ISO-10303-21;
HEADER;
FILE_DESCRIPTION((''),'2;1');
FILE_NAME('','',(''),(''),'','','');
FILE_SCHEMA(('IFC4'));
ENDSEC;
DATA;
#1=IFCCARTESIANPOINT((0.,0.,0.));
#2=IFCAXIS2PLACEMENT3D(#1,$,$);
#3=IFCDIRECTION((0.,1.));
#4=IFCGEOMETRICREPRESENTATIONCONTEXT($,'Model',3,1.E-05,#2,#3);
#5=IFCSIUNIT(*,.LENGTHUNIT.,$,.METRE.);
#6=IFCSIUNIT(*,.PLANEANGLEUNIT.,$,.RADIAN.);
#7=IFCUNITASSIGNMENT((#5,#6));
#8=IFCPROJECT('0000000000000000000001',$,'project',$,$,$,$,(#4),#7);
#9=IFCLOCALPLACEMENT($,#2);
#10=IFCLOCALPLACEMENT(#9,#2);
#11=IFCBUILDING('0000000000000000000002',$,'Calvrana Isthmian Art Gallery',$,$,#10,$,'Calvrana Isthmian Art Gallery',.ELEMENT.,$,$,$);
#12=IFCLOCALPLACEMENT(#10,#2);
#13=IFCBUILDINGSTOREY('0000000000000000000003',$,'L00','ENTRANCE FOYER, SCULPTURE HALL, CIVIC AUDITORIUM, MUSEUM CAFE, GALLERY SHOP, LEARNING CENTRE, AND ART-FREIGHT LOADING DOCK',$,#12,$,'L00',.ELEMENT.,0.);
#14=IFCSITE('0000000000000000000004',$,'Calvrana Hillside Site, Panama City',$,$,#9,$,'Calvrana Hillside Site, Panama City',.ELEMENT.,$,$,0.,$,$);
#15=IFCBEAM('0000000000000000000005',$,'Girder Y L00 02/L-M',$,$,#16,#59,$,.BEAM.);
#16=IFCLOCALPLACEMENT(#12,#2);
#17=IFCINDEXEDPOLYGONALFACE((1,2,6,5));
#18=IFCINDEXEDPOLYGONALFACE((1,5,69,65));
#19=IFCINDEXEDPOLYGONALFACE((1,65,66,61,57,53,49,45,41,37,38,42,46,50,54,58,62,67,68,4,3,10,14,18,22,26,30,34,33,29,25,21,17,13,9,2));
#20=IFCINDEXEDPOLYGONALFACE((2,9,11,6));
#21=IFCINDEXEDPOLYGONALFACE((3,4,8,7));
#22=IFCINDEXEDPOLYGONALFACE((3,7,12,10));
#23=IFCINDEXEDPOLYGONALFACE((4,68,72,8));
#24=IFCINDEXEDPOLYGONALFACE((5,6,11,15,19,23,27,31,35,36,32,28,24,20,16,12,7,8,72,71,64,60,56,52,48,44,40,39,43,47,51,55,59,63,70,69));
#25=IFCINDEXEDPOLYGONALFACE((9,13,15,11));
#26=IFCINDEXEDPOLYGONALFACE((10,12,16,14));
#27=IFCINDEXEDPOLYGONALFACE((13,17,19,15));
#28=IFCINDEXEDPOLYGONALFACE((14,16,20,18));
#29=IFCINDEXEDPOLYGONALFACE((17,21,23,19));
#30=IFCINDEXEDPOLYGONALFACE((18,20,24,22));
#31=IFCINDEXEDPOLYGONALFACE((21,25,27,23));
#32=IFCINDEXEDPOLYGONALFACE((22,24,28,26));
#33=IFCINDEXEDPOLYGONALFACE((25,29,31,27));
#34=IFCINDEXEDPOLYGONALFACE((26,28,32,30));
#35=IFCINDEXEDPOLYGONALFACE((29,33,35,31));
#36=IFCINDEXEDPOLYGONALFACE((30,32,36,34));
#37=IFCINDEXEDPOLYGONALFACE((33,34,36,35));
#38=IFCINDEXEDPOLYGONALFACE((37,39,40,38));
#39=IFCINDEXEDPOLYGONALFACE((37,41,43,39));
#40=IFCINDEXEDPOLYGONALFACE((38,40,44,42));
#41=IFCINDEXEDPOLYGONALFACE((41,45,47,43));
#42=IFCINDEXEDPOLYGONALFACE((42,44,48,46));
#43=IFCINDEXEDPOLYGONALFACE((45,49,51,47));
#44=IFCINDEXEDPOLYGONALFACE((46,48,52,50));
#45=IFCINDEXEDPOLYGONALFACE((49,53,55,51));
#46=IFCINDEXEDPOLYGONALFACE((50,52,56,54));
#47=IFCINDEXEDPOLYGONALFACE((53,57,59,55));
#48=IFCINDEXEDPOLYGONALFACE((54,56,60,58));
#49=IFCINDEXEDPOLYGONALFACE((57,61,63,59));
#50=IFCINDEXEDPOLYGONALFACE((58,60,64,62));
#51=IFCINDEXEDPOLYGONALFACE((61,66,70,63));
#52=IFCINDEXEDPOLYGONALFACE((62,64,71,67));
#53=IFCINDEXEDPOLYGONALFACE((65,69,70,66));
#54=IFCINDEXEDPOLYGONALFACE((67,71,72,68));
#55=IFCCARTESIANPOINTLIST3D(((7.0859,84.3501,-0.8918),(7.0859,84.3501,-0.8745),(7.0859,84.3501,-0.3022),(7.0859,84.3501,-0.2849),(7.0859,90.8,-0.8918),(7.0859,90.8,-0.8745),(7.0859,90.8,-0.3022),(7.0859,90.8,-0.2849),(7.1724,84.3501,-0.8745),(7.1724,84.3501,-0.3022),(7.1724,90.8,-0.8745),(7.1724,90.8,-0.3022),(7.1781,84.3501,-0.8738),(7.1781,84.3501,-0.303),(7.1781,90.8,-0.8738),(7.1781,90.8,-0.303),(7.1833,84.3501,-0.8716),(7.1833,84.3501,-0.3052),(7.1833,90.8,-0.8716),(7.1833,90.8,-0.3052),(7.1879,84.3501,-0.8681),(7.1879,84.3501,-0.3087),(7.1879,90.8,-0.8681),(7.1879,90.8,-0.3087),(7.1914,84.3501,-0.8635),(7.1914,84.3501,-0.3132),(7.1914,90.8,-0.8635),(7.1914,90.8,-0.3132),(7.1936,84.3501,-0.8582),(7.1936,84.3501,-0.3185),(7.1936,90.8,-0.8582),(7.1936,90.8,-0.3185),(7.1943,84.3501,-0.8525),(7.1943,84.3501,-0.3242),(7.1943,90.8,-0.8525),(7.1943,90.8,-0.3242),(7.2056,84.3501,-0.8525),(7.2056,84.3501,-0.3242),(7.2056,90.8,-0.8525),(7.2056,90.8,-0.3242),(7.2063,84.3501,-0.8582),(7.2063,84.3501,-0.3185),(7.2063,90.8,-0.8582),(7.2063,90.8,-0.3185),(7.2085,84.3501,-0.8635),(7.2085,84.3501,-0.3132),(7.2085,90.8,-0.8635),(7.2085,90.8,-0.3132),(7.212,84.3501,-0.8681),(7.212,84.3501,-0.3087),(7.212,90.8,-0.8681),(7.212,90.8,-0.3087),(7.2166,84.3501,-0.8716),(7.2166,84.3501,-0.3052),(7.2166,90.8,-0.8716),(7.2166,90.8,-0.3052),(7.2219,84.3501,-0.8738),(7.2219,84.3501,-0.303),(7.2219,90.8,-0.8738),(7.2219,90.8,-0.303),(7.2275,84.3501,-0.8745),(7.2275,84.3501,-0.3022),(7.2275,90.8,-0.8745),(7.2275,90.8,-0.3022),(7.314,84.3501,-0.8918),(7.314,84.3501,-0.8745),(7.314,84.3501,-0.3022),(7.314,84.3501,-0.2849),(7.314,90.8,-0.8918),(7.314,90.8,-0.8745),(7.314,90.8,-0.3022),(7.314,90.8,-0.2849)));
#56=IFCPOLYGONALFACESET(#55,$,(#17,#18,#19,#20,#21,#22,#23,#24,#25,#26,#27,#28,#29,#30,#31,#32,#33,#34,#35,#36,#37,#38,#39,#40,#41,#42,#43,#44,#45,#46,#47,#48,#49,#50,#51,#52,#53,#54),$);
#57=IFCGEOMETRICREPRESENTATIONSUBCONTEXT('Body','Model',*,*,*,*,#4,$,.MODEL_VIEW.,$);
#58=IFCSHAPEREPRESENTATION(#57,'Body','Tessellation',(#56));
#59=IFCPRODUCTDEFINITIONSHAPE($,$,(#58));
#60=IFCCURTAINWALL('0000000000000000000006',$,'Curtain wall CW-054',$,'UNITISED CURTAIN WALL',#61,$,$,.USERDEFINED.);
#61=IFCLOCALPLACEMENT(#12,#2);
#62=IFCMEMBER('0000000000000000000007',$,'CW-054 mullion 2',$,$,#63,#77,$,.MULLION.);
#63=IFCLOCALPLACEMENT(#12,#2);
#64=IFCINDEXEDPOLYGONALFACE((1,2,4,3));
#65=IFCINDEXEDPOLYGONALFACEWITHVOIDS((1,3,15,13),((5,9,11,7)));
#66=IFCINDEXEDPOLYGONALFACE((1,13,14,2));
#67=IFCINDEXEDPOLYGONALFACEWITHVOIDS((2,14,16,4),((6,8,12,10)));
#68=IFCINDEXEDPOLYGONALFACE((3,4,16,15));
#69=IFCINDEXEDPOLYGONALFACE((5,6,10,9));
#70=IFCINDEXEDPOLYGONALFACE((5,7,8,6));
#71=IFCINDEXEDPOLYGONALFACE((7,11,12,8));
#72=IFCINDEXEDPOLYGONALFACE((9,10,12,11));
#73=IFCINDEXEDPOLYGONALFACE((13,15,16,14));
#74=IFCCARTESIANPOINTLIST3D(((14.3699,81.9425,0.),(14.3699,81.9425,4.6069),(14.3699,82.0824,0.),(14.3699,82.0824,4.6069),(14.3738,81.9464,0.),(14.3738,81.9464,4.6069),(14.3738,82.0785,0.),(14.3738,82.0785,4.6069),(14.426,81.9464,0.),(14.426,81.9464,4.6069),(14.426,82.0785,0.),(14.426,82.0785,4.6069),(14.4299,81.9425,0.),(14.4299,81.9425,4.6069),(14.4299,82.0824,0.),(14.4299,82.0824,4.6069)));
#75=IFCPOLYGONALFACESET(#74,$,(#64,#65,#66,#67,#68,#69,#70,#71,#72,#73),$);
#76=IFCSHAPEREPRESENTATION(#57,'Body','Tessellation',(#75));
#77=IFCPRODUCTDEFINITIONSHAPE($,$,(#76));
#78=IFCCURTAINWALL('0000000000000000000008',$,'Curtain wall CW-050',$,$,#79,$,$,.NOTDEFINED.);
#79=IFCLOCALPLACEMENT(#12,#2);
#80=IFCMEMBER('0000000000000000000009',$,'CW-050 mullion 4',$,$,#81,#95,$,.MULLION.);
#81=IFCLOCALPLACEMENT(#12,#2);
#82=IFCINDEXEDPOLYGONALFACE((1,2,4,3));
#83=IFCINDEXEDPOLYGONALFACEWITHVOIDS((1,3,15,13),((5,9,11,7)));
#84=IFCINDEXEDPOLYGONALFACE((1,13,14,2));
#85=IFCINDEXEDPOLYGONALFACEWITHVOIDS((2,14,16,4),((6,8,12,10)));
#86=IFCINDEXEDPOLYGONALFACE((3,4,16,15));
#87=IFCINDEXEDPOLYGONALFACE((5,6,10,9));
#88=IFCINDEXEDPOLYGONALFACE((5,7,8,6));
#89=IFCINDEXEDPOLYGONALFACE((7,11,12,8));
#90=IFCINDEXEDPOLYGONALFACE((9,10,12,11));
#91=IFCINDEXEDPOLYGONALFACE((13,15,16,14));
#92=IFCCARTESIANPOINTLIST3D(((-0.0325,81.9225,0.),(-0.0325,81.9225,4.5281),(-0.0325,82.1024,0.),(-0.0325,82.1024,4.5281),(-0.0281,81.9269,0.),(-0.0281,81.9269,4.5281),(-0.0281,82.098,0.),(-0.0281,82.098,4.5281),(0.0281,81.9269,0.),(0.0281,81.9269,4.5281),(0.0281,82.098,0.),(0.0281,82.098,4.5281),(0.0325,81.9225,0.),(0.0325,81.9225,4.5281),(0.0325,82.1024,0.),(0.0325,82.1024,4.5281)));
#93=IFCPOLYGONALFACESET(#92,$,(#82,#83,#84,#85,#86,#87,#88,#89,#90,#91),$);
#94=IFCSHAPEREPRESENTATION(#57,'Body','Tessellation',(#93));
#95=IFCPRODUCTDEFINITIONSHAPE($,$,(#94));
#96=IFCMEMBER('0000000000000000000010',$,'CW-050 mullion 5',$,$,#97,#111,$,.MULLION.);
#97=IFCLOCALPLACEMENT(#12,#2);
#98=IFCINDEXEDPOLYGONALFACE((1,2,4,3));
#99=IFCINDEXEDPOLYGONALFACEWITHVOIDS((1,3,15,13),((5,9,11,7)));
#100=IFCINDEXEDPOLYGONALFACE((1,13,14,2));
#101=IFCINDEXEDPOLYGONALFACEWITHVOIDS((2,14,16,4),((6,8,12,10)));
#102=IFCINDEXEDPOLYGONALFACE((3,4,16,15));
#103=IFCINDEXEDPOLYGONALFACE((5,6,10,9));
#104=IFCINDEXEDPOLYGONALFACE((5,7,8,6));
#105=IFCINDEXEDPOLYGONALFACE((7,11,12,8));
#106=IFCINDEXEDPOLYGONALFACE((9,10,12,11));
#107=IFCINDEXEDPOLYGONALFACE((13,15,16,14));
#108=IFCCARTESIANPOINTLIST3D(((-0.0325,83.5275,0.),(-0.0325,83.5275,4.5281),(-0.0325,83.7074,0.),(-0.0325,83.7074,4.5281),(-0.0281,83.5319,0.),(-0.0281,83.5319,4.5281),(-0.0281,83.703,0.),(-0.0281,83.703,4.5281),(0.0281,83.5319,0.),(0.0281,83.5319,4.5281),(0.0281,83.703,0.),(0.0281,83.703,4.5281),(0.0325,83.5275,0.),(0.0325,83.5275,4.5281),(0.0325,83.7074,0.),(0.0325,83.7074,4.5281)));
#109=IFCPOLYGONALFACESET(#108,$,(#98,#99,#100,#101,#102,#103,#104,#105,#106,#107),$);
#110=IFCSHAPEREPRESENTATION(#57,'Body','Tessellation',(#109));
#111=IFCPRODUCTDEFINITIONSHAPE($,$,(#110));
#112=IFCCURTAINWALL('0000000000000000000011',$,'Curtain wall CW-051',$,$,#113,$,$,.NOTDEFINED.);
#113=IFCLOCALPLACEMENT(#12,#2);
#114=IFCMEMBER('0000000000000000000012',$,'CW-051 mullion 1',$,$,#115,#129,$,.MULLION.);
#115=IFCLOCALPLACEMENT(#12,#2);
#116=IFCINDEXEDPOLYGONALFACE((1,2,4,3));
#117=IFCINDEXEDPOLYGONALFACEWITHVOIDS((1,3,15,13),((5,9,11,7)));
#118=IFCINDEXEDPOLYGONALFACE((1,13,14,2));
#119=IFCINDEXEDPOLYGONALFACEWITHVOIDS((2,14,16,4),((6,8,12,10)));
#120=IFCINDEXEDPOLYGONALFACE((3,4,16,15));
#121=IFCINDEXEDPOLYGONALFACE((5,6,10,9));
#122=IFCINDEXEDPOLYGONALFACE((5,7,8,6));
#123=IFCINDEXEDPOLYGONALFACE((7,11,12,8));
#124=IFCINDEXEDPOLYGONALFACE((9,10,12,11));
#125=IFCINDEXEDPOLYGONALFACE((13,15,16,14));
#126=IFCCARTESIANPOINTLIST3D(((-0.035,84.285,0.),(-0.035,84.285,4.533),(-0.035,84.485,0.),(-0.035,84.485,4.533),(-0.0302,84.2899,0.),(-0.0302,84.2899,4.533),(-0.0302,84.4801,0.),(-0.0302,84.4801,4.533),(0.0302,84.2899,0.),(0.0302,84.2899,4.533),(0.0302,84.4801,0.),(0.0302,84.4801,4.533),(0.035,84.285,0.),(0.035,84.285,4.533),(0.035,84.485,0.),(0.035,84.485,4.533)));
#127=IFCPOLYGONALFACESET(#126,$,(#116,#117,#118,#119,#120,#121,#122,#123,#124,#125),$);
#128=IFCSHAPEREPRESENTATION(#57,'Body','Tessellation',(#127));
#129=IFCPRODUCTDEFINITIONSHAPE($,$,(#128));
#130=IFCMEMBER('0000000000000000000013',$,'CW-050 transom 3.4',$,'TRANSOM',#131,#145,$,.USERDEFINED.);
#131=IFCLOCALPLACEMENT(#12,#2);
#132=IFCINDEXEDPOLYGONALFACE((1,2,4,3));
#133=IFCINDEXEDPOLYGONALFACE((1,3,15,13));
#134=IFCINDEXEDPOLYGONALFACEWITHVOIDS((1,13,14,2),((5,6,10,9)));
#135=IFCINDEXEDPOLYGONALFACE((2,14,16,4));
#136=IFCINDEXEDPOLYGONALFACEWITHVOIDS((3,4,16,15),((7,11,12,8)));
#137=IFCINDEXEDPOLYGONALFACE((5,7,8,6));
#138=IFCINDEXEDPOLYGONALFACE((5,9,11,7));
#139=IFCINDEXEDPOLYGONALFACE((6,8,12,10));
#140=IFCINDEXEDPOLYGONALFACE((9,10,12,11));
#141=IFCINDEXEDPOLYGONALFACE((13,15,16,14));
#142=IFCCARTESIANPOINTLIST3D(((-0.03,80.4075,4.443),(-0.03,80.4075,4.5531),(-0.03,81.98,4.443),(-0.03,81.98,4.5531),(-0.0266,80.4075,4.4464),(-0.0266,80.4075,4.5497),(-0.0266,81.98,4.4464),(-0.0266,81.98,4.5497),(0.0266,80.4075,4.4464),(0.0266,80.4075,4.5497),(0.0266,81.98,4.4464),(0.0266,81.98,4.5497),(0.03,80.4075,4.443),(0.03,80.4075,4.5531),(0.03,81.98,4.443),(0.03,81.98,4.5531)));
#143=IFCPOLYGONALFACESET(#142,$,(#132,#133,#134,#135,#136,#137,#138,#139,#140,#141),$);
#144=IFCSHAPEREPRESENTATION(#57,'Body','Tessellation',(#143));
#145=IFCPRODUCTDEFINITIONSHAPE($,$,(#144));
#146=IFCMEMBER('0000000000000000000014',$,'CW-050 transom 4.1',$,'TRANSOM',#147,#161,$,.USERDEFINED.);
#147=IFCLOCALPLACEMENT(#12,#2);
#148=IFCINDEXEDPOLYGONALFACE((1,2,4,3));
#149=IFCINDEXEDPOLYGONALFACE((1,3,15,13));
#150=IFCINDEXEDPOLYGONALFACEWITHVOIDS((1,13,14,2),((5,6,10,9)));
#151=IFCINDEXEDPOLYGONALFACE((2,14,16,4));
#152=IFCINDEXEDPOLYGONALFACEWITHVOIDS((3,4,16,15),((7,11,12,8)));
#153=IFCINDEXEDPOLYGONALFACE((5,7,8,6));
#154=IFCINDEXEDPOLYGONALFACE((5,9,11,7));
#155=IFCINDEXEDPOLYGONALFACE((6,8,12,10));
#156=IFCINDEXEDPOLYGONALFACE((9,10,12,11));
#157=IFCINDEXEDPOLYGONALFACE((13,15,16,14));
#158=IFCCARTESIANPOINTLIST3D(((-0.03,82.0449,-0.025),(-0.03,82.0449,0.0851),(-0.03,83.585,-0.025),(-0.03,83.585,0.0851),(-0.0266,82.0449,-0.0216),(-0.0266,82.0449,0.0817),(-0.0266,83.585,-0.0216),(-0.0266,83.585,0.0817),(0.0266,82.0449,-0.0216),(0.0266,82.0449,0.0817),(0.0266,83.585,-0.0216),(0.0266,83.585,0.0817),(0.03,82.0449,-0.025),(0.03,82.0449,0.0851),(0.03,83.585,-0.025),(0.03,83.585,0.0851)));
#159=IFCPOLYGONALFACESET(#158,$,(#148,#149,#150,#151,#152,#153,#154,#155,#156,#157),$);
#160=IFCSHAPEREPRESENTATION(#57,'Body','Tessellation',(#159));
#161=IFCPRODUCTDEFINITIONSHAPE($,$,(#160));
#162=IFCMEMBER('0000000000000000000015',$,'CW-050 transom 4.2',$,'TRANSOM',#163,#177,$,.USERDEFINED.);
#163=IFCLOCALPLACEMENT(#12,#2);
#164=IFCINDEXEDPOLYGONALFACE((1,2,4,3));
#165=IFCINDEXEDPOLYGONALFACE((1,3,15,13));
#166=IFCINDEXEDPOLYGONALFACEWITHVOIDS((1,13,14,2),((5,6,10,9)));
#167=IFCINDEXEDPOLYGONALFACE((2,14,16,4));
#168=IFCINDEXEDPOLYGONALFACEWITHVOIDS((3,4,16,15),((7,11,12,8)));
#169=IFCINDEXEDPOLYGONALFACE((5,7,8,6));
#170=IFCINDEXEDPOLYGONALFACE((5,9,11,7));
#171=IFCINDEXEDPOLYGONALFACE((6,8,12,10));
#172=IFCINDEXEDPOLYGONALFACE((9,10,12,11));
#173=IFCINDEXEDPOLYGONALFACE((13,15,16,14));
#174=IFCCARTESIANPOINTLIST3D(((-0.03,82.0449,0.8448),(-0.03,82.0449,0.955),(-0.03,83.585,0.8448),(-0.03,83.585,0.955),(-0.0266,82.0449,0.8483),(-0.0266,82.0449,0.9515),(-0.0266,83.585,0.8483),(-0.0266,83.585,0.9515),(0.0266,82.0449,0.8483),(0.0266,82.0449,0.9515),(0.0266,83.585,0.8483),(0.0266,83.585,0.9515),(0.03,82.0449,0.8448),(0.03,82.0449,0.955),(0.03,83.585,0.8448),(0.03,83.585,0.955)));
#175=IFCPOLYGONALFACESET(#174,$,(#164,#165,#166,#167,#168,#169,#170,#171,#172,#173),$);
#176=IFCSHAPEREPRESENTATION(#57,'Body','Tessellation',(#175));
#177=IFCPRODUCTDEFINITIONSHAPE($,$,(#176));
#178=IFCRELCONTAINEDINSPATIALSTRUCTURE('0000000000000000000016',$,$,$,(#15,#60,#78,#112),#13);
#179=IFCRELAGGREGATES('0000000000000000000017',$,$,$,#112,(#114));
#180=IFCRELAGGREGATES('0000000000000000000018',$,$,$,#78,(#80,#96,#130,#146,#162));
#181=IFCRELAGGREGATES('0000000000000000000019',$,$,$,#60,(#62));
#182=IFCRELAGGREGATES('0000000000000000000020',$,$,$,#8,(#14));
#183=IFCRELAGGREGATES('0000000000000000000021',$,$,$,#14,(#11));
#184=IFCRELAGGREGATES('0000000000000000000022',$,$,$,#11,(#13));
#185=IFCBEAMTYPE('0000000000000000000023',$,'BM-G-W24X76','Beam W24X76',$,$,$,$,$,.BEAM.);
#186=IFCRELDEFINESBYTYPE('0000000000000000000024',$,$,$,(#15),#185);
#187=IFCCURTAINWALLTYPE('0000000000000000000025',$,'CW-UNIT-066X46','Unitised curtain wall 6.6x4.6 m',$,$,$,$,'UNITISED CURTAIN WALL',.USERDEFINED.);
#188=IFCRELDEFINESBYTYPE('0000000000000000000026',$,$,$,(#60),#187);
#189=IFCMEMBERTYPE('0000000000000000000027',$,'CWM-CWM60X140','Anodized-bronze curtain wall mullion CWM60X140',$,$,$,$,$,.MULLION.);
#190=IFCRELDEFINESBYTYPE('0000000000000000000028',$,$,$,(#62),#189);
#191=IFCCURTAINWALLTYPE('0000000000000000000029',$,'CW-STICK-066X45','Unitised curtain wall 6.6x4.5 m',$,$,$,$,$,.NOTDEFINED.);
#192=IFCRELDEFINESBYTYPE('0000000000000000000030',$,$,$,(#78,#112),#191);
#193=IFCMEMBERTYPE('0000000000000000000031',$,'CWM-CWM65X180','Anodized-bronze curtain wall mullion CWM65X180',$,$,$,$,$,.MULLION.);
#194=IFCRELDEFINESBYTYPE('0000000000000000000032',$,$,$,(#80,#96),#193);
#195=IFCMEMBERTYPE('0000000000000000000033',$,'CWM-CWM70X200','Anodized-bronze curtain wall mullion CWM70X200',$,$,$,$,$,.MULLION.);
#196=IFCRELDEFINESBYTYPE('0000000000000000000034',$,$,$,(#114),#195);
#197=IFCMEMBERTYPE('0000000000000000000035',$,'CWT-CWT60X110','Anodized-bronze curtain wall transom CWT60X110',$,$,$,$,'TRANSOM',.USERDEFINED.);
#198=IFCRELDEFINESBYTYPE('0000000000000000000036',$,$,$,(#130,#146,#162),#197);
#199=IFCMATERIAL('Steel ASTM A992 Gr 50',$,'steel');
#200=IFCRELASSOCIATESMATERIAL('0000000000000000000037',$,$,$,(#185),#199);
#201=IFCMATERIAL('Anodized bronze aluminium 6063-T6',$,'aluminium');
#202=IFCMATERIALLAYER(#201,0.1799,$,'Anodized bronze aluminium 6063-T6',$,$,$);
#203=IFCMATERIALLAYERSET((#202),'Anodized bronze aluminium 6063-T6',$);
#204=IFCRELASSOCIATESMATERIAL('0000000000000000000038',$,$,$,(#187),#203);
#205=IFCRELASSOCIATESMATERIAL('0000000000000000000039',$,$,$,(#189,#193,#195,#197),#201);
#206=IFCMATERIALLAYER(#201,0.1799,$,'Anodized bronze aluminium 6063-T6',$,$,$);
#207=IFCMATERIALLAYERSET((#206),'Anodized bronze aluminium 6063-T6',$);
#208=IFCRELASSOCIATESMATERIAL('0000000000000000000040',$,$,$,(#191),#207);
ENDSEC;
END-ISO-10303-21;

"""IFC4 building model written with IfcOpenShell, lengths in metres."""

from ifc_helpers import new_model, si_unit, direction, frame, origin, origin_2d, place, context, subcontext, project, spatial, hollow_rectangle, i_section, extrude, material, layer, layer_set, material_profile, profile_set, type_object, element, aggregate, save


model = new_model("IFC4")

# Units and contexts
model_context = context("Model", 3, precision=1e-05, world=origin(), true_north=direction((0.0, 1.0)))
body_context = subcontext(model_context, "Body", "Model", "MODEL_VIEW")
ifc_project = project(units=[si_unit("LENGTHUNIT", "METRE"), si_unit("PLANEANGLEUNIT", "RADIAN")], contexts=[model_context])

# Site, building, storey
site_placement = place(None, origin())
site = spatial("IfcSite", under=ifc_project, at=site_placement, Name="Calvrana Hillside Site, Panama City", LongName="Calvrana Hillside Site, Panama City", CompositionType="ELEMENT", RefElevation=0.0)
building_placement = place(site_placement, origin())
building = spatial("IfcBuilding", under=site, at=building_placement, Name="Calvrana Isthmian Art Gallery", LongName="Calvrana Isthmian Art Gallery", CompositionType="ELEMENT")
storey_placement = place(building_placement, origin())
storey = spatial("IfcBuildingStorey", under=building, at=storey_placement, Name="L00", Description="ENTRANCE FOYER, SCULPTURE HALL, CIVIC AUDITORIUM, MUSEUM CAFE, GALLERY SHOP, LEARNING CENTRE, AND ART-FREIGHT LOADING DOCK", LongName="L00", CompositionType="ELEMENT", Elevation=0.0)

# Beam
ifc_material_1 = material(Name="Steel ASTM A992 Gr 50", Category="steel")
ifc_material_profile_1 = material_profile(ifc_material_1, i_section(OverallWidth=0.228, OverallDepth=0.6069, WebThickness=0.0112, FlangeThickness=0.0173, FilletRadius=0.022, at=origin_2d()), Name="W24X76")
ifc_profile_set_1 = profile_set([ifc_material_profile_1], Name="Steel ASTM A992 Gr 50")
beam_type_1 = type_object("IfcBeamType", Name="BM-G-W24X76", Description="Beam W24X76", PredefinedType="BEAM", material=ifc_profile_set_1)
beam_1_placement = place(storey_placement, frame((7.2, 84.3501, -0.5884), z_axis=(0.0, 1.0, 0.0), x_axis=(-1.0, 0.0, 0.0)))
element("IfcBeam", 1, at=beam_1_placement, inside=storey, type_object=beam_type_1, Name="Girder Y L00 02/L-M", PredefinedType="BEAM", context=body_context, shape_type="SweptSolid", body=[
    extrude(i_section(OverallWidth=0.228, OverallDepth=0.6069, WebThickness=0.0112, FlangeThickness=0.0173, FilletRadius=0.022, at=origin_2d()), origin(), (0.0, 0.0, 1.0), 6.45),
])

# Curtain wall, member
ifc_material_2 = material(Name="Anodized bronze aluminium 6063-T6", Category="aluminium")
ifc_layer_1 = layer(ifc_material_2, 0.1799, Name="Anodized bronze aluminium 6063-T6")
ifc_layer_set_1 = layer_set([ifc_layer_1], Name="Anodized bronze aluminium 6063-T6")
curtain_wall_type_1 = type_object("IfcCurtainWallType", Name="CW-UNIT-066X46", Description="Unitised curtain wall 6.6x4.6 m", ElementType="UNITISED CURTAIN WALL", PredefinedType="USERDEFINED", material=ifc_layer_set_1)
curtain_wall_1_placement = place(storey_placement, origin())
curtain_wall_1 = element("IfcCurtainWall", 2, at=curtain_wall_1_placement, inside=storey, type_object=curtain_wall_type_1, Name="Curtain wall CW-054", ObjectType="UNITISED CURTAIN WALL", PredefinedType="USERDEFINED")
ifc_material_profile_2 = material_profile(ifc_material_2, hollow_rectangle(XDim=0.0601, YDim=0.1399, WallThickness=0.0039, at=origin_2d()), Name="CWM60X140")
ifc_profile_set_2 = profile_set([ifc_material_profile_2], Name="Anodized bronze aluminium 6063-T6")
member_type_1 = type_object("IfcMemberType", Name="CWM-CWM60X140", Description="Anodized-bronze curtain wall mullion CWM60X140", PredefinedType="MULLION", material=ifc_profile_set_2)
member_1_placement = place(storey_placement, frame((14.3999, 82.0125, 0.0), z_axis=(0.0, 0.0, 1.0), x_axis=(1.0, 0.0, 0.0)))
member_1 = element("IfcMember", 3, at=member_1_placement, type_object=member_type_1, Name="CW-054 mullion 2", PredefinedType="MULLION", context=body_context, shape_type="SweptSolid", body=[
    extrude(hollow_rectangle(XDim=0.0601, YDim=0.1399, WallThickness=0.0039, at=origin_2d()), origin(), (0.0, 0.0, 1.0), 4.6069),
])

# Curtain wall, members
ifc_layer_2 = layer(ifc_material_2, 0.1799, Name="Anodized bronze aluminium 6063-T6")
ifc_layer_set_2 = layer_set([ifc_layer_2], Name="Anodized bronze aluminium 6063-T6")
curtain_wall_type_2 = type_object("IfcCurtainWallType", Name="CW-STICK-066X45", Description="Unitised curtain wall 6.6x4.5 m", PredefinedType="NOTDEFINED", material=ifc_layer_set_2)
curtain_wall_2_placement = place(storey_placement, origin())
curtain_wall_2 = element("IfcCurtainWall", 4, at=curtain_wall_2_placement, inside=storey, type_object=curtain_wall_type_2, Name="Curtain wall CW-050", PredefinedType="NOTDEFINED")
ifc_material_profile_3 = material_profile(ifc_material_2, hollow_rectangle(XDim=0.0649, YDim=0.1799, WallThickness=0.0044, at=origin_2d()), Name="CWM65X180")
ifc_profile_set_3 = profile_set([ifc_material_profile_3], Name="Anodized bronze aluminium 6063-T6")
member_type_2 = type_object("IfcMemberType", Name="CWM-CWM65X180", Description="Anodized-bronze curtain wall mullion CWM65X180", PredefinedType="MULLION", material=ifc_profile_set_3)
member_2_placement = place(storey_placement, frame((0.0, 82.0125, 0.0), z_axis=(0.0, 0.0, 1.0), x_axis=(-1.0, 0.0, 0.0)))
member_2 = element("IfcMember", 5, at=member_2_placement, type_object=member_type_2, Name="CW-050 mullion 4", PredefinedType="MULLION", context=body_context, shape_type="SweptSolid", body=[
    extrude(hollow_rectangle(XDim=0.0649, YDim=0.1799, WallThickness=0.0044, at=origin_2d()), origin(), (0.0, 0.0, 1.0), 4.5281),
])
member_3_placement = place(storey_placement, frame((0.0, 83.6174, 0.0), z_axis=(0.0, 0.0, 1.0), x_axis=(-1.0, 0.0, 0.0)))
member_3 = element("IfcMember", 6, at=member_3_placement, type_object=member_type_2, Name="CW-050 mullion 5", PredefinedType="MULLION", context=body_context, shape_type="SweptSolid", body=[
    extrude(hollow_rectangle(XDim=0.0649, YDim=0.1799, WallThickness=0.0044, at=origin_2d()), origin(), (0.0, 0.0, 1.0), 4.5281),
])

# Curtain wall, member
curtain_wall_3_placement = place(storey_placement, origin())
curtain_wall_3 = element("IfcCurtainWall", 7, at=curtain_wall_3_placement, inside=storey, type_object=curtain_wall_type_2, Name="Curtain wall CW-051", PredefinedType="NOTDEFINED")
ifc_material_profile_4 = material_profile(ifc_material_2, hollow_rectangle(XDim=0.0701, YDim=0.2, WallThickness=0.0049, at=origin_2d()), Name="CWM70X200")
ifc_profile_set_4 = profile_set([ifc_material_profile_4], Name="Anodized bronze aluminium 6063-T6")
member_type_3 = type_object("IfcMemberType", Name="CWM-CWM70X200", Description="Anodized-bronze curtain wall mullion CWM70X200", PredefinedType="MULLION", material=ifc_profile_set_4)
member_4_placement = place(storey_placement, frame((0.0, 84.385, 0.0), z_axis=(0.0, 0.0, 1.0), x_axis=(-1.0, 0.0, 0.0)))
member_4 = element("IfcMember", 8, at=member_4_placement, type_object=member_type_3, Name="CW-051 mullion 1", PredefinedType="MULLION", context=body_context, shape_type="SweptSolid", body=[
    extrude(hollow_rectangle(XDim=0.0701, YDim=0.2, WallThickness=0.0049, at=origin_2d()), origin(), (0.0, 0.0, 1.0), 4.533),
])

# Members
ifc_material_profile_5 = material_profile(ifc_material_2, hollow_rectangle(XDim=0.0601, YDim=0.1101, WallThickness=0.0034, at=origin_2d()), Name="CWT60X110")
ifc_profile_set_5 = profile_set([ifc_material_profile_5], Name="Anodized bronze aluminium 6063-T6")
member_type_4 = type_object("IfcMemberType", Name="CWT-CWT60X110", Description="Anodized-bronze curtain wall transom CWT60X110", ElementType="TRANSOM", PredefinedType="USERDEFINED", material=ifc_profile_set_5)
member_5_placement = place(storey_placement, frame((0.0, 80.4075, 4.498), z_axis=(0.0, 1.0, 0.0), x_axis=(-1.0, 0.0, 0.0)))
member_5 = element("IfcMember", 9, at=member_5_placement, type_object=member_type_4, Name="CW-050 transom 3.4", ObjectType="TRANSOM", PredefinedType="USERDEFINED", context=body_context, shape_type="SweptSolid", body=[
    extrude(hollow_rectangle(XDim=0.0601, YDim=0.1101, WallThickness=0.0034, at=origin_2d()), origin(), (0.0, 0.0, 1.0), 1.5725),
])
member_6_placement = place(storey_placement, frame((0.0, 82.0449, 0.03), z_axis=(0.0, 1.0, 0.0), x_axis=(-1.0, 0.0, 0.0)))
member_6 = element("IfcMember", 10, at=member_6_placement, type_object=member_type_4, Name="CW-050 transom 4.1", ObjectType="TRANSOM", PredefinedType="USERDEFINED", context=body_context, shape_type="SweptSolid", body=[
    extrude(hollow_rectangle(XDim=0.0601, YDim=0.1101, WallThickness=0.0034, at=origin_2d()), origin(), (0.0, 0.0, 1.0), 1.54),
])
member_7_placement = place(storey_placement, frame((0.0, 82.0449, 0.8999), z_axis=(0.0, 1.0, 0.0), x_axis=(-1.0, 0.0, 0.0)))
member_7 = element("IfcMember", 11, at=member_7_placement, type_object=member_type_4, Name="CW-050 transom 4.2", ObjectType="TRANSOM", PredefinedType="USERDEFINED", context=body_context, shape_type="SweptSolid", body=[
    extrude(hollow_rectangle(XDim=0.0601, YDim=0.1101, WallThickness=0.0034, at=origin_2d()), origin(), (0.0, 0.0, 1.0), 1.54),
])
aggregate(curtain_wall_3, [member_4])

aggregate(curtain_wall_2, [member_2, member_3, member_5, member_6, member_7])
aggregate(curtain_wall_1, [member_1])

save(model, "model.ifc")
